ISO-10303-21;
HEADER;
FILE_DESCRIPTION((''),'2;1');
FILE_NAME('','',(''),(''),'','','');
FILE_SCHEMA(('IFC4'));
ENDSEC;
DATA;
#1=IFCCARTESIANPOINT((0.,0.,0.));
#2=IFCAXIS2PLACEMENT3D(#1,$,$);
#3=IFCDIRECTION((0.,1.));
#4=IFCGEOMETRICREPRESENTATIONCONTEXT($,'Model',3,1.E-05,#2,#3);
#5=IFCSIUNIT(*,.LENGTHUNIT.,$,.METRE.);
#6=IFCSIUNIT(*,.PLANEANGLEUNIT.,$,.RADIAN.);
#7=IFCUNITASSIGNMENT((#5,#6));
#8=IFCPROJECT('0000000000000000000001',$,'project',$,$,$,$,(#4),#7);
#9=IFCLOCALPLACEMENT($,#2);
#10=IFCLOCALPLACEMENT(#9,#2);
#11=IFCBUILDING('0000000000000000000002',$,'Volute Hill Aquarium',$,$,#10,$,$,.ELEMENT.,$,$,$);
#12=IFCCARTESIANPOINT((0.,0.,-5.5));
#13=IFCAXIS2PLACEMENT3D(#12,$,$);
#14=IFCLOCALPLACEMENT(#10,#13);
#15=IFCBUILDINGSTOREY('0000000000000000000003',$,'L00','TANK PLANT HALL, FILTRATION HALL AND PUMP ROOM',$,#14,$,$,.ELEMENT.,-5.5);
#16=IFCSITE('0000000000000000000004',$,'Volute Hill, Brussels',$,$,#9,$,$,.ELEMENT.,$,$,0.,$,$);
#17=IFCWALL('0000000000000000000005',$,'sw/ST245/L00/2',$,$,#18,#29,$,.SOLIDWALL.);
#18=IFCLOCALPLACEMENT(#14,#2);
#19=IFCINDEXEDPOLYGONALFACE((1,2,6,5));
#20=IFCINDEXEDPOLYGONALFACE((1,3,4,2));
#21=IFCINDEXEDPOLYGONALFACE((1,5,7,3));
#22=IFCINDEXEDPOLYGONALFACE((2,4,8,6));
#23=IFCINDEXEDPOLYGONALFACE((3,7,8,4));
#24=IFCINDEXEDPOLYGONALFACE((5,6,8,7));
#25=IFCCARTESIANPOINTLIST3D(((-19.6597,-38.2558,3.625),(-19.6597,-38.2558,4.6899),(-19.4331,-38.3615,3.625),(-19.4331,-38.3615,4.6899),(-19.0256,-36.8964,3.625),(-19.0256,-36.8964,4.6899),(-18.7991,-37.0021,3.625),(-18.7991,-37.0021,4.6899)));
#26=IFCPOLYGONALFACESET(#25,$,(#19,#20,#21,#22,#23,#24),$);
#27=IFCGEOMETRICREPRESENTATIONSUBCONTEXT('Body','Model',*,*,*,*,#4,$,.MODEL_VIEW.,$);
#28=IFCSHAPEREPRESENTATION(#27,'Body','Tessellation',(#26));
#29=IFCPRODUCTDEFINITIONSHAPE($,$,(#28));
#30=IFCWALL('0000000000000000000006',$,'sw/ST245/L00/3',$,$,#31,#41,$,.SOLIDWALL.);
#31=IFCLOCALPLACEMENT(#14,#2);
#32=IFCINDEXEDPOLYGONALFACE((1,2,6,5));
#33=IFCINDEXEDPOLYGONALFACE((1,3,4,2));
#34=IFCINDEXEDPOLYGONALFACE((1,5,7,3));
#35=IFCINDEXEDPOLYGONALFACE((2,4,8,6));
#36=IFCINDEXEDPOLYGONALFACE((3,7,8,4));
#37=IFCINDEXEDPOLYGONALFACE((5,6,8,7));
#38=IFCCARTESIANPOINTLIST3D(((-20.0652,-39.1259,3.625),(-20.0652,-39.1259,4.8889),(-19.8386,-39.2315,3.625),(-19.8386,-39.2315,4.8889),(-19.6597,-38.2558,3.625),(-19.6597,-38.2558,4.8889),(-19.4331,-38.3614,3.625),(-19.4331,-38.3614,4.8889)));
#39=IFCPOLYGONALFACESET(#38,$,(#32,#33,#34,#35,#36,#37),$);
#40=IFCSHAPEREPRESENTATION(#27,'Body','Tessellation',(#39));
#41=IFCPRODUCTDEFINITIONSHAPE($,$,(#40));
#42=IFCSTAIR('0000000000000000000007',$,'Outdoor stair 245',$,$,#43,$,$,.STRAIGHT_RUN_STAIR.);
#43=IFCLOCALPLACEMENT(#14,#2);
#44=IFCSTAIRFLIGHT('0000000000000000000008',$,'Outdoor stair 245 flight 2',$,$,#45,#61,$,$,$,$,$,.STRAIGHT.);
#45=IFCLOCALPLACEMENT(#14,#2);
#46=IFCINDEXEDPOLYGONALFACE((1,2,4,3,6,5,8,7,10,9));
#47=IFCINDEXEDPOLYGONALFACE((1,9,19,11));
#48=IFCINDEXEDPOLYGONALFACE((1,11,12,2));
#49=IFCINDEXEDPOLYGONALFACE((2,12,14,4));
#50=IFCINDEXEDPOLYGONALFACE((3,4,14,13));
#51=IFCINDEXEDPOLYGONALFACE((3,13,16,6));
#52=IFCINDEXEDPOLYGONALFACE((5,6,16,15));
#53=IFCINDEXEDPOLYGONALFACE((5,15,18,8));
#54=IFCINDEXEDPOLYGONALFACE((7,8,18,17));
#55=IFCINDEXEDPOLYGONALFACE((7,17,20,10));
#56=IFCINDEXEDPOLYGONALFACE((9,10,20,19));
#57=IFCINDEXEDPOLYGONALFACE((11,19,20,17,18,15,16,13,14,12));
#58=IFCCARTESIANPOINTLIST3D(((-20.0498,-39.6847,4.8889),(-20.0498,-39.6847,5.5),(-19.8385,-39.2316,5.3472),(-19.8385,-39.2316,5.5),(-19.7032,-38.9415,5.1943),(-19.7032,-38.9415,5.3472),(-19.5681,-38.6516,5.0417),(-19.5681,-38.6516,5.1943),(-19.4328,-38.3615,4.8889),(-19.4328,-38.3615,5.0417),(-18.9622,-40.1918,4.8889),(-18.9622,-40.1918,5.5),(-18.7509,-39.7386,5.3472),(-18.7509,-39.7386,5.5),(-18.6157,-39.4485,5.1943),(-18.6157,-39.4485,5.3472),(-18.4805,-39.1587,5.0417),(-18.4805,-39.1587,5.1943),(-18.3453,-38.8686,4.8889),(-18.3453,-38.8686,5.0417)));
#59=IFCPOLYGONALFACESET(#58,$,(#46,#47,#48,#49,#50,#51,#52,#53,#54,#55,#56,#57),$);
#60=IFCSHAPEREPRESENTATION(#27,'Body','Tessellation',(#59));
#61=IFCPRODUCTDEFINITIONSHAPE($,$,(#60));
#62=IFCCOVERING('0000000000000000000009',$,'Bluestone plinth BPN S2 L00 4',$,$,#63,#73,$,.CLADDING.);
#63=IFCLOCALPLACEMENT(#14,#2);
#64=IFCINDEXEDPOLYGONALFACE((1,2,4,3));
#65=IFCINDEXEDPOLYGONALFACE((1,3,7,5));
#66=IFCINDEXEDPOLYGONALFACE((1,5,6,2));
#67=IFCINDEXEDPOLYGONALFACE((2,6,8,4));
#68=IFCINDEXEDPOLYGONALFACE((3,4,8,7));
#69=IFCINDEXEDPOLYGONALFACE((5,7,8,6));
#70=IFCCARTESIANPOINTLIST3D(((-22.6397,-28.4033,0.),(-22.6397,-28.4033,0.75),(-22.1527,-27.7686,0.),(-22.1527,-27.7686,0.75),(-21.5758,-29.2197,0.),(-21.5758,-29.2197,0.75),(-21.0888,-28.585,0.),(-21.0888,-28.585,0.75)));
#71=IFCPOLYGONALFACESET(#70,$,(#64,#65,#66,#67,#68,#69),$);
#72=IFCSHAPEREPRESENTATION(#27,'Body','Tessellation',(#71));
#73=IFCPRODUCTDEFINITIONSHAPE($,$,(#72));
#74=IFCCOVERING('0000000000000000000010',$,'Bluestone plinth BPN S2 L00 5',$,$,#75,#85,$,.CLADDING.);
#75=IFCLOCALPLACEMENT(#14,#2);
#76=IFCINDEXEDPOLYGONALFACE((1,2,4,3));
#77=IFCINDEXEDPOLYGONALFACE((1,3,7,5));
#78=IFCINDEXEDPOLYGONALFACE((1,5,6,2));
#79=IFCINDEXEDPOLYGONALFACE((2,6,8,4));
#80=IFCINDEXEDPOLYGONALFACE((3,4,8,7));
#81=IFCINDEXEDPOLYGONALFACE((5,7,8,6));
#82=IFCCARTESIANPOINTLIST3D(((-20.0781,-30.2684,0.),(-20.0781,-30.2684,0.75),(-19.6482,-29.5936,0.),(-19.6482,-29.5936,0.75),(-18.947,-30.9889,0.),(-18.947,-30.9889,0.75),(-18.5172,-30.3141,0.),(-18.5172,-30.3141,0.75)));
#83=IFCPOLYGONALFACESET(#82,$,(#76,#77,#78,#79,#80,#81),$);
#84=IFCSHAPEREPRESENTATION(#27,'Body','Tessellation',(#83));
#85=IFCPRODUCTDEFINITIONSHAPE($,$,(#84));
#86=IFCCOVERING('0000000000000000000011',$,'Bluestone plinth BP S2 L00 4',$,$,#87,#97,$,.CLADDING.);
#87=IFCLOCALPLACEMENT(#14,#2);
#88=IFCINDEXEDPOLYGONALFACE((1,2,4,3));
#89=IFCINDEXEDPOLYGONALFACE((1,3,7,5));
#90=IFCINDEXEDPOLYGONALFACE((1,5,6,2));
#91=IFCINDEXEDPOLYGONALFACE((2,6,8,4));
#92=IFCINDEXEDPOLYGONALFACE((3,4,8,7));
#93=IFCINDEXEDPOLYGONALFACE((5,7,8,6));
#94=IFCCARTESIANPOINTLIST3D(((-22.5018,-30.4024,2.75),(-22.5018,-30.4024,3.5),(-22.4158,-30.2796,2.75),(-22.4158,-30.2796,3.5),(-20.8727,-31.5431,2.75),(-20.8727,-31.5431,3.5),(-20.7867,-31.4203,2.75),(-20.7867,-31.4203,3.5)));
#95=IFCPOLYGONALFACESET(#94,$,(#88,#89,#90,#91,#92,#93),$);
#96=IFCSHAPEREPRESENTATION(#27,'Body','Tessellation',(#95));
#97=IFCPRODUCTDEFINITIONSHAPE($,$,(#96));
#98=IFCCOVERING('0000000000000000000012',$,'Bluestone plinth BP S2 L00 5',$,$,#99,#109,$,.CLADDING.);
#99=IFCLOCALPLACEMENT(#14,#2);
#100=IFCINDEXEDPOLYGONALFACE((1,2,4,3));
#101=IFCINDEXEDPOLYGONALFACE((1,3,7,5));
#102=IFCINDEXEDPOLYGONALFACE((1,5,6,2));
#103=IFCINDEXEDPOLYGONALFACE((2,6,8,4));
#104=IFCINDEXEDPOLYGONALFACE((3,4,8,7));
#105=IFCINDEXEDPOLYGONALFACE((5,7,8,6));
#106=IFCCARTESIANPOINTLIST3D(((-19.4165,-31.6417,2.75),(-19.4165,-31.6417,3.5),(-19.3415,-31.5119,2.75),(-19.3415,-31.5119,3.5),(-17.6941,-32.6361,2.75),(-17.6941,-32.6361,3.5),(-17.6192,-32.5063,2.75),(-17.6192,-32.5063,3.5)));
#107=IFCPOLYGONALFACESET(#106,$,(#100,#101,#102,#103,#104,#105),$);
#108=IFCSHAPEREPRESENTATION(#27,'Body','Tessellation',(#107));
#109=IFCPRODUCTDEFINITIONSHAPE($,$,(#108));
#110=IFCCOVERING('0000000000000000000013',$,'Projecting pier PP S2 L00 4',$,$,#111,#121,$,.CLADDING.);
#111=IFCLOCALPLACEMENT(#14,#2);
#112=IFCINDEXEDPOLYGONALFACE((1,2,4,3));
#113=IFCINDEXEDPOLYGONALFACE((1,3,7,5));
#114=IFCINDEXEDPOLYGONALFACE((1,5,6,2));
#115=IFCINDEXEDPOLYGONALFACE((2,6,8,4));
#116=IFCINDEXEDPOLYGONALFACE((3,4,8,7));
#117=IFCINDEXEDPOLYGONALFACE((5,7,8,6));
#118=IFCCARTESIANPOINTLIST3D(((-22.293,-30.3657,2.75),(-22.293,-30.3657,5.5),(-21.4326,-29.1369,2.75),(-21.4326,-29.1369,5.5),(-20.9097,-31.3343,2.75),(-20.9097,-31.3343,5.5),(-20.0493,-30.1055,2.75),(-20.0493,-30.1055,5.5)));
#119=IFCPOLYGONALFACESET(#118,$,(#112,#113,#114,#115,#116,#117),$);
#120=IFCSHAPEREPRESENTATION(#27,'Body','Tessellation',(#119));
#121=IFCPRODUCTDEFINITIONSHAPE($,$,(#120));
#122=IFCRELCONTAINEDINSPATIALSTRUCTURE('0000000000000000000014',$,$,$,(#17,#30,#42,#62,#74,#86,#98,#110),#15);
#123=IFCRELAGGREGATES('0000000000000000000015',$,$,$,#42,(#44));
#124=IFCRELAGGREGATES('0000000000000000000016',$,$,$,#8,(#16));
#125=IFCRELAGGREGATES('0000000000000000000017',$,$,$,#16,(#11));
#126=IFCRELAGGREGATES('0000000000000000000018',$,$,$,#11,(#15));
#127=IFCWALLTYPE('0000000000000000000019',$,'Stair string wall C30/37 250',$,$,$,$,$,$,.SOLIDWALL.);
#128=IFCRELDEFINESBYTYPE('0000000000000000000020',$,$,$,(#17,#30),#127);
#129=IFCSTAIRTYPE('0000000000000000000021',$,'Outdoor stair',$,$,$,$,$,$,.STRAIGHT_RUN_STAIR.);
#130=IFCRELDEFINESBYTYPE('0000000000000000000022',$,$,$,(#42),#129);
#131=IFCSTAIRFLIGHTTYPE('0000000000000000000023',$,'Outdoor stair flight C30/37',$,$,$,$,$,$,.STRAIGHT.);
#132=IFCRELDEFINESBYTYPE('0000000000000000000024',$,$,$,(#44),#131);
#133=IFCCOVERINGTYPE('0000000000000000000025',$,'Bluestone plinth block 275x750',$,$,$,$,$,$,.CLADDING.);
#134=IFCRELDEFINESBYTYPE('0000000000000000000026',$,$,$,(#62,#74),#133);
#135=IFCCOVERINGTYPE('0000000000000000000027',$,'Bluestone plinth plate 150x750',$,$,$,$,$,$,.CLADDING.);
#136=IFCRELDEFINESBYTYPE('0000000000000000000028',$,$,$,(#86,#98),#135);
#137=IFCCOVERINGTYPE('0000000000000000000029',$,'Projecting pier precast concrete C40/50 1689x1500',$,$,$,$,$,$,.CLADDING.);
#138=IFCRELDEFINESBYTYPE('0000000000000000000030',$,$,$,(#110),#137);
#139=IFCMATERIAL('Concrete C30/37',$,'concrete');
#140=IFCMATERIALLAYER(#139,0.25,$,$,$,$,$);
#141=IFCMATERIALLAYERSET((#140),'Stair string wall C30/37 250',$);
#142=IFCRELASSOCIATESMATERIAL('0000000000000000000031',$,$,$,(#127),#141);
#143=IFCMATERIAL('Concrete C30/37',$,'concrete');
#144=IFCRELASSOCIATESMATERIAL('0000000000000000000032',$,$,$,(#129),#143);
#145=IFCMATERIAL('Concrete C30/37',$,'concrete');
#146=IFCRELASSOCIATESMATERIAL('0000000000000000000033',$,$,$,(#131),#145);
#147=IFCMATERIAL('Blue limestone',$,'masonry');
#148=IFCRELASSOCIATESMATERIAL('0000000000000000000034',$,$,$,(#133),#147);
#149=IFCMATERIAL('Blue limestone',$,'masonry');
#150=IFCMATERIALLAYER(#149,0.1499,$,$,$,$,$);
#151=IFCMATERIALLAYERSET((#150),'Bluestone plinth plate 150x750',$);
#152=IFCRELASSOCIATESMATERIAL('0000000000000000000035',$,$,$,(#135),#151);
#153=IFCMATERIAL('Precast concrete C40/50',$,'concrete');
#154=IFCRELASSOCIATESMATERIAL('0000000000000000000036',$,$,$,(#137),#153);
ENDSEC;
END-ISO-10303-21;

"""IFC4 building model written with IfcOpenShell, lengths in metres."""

from ifc_helpers import new_model, si_unit, direction, frame, frame_2d, origin, origin_2d, place, context, subcontext, project, spatial, polyline, rectangle, outline, extrude, material, layer, layer_set, type_object, element, aggregate, save


model = new_model("IFC4")

# Units and contexts
model_context = context("Model", 3, precision=1e-05, world=origin(), true_north=direction((0.0, 1.0)))
body_context = subcontext(model_context, "Body", "Model", "MODEL_VIEW")
ifc_project = project(units=[si_unit("LENGTHUNIT", "METRE"), si_unit("PLANEANGLEUNIT", "RADIAN")], contexts=[model_context])

# Site, building, storey
site_placement = place(None, origin())
site = spatial("IfcSite", under=ifc_project, at=site_placement, Name="Volute Hill, Brussels", CompositionType="ELEMENT", RefElevation=0.0)
building_placement = place(site_placement, origin())
building = spatial("IfcBuilding", under=site, at=building_placement, Name="Volute Hill Aquarium", CompositionType="ELEMENT")
storey_placement = place(building_placement, frame((0.0, 0.0, -5.5)))
storey = spatial("IfcBuildingStorey", under=building, at=storey_placement, Name="L00", Description="TANK PLANT HALL, FILTRATION HALL AND PUMP ROOM", CompositionType="ELEMENT", Elevation=-5.5)

# Walls
ifc_material_1 = material(Name="Concrete C30/37", Category="concrete")
ifc_layer_1 = layer(ifc_material_1, 0.25)
ifc_layer_set_1 = layer_set([ifc_layer_1], Name="Stair string wall C30/37 250")
wall_type_1 = type_object("IfcWallType", Name="Stair string wall C30/37 250", PredefinedType="SOLIDWALL", material=ifc_layer_set_1)
wall_1_placement = place(storey_placement, frame((-18.9124, -36.9492, 3.625), z_axis=(0.0, 0.0, 1.0), x_axis=(-0.422698, -0.90627, 0.0)))
element("IfcWall", 1, at=wall_1_placement, inside=storey, type_object=wall_type_1, Name="sw/ST245/L00/2", PredefinedType="SOLIDWALL", context=body_context, shape_type="SweptSolid", body=[
    extrude(rectangle(XDim=1.5, YDim=0.25, at=frame_2d((0.75, 0.0))), origin(), (0.0, 0.0, 1.0), 1.0649),
])
wall_2_placement = place(storey_placement, frame((-19.5464, -38.3086, 3.625), z_axis=(0.0, 0.0, 1.0), x_axis=(-0.422426, -0.906397, 0.0)))
element("IfcWall", 2, at=wall_2_placement, inside=storey, type_object=wall_type_1, Name="sw/ST245/L00/3", PredefinedType="SOLIDWALL", context=body_context, shape_type="SweptSolid", body=[
    extrude(rectangle(XDim=0.96, YDim=0.25, at=frame_2d((0.48, 0.0))), origin(), (0.0, 0.0, 1.0), 1.2639),
])

# Stair, stair flight
ifc_material_2 = material(Name="Concrete C30/37", Category="concrete")
stair_type = type_object("IfcStairType", Name="Outdoor stair", PredefinedType="STRAIGHT_RUN_STAIR", material=ifc_material_2)
stair_placement = place(storey_placement, origin())
stair = element("IfcStair", 3, at=stair_placement, inside=storey, type_object=stair_type, Name="Outdoor stair 245", PredefinedType="STRAIGHT_RUN_STAIR")
ifc_material_3 = material(Name="Concrete C30/37", Category="concrete")
stair_flight_type = type_object("IfcStairFlightType", Name="Outdoor stair flight C30/37", PredefinedType="STRAIGHT", material=ifc_material_3)
stair_flight_placement = place(storey_placement, frame((-18.8892, -38.615, 4.8889), z_axis=(0.0, 0.0, 1.0), x_axis=(-0.422565, -0.906333, 0.0)))
stair_flight = element("IfcStairFlight", 4, at=stair_flight_placement, type_object=stair_flight_type, Name="Outdoor stair 245 flight 2", PredefinedType="STRAIGHT", context=body_context, shape_type="SweptSolid", body=[
    extrude(outline(polyline([(0.0, 0.0), (1.46, 0.0), (1.46, 0.6111), (0.96, 0.6111), (0.96, 0.4583), (0.6399, 0.4583), (0.6399, 0.3054), (0.3201, 0.3054), (0.3201, 0.1528), (0.0, 0.1528), (0.0, 0.0), (0.0, 0.0)])), frame((0.0, 0.6001, 0.0), z_axis=(0.0, -1.0, 0.0), x_axis=(1.0, 0.0, 0.0)), (0.0, 0.0, 1.0), 1.2),
])
aggregate(stair, [stair_flight])

# Coverings
ifc_material_4 = material(Name="Blue limestone", Category="masonry")
covering_type_1 = type_object("IfcCoveringType", Name="Bluestone plinth block 275x750", PredefinedType="CLADDING", material=ifc_material_4)
for number, where, z_axis, x_axis, name in (
    (5, (-21.8643, -28.4941, 0.0), (0.0, 0.0, 1.0), (0.793353, -0.608762, 0.0), "Bluestone plinth BPN S2 L00 4"),
    (6, (-19.2976, -30.2913, 0.0), (0.0, 0.0, 1.0), (0.843399, -0.537288, 0.0), "Bluestone plinth BPN S2 L00 5"),
):
    element("IfcCovering", number, at=place(storey_placement, frame(where, z_axis=z_axis, x_axis=x_axis)), inside=storey, type_object=covering_type_1, Name=name, PredefinedType="CLADDING", context=body_context, shape_type="SweptSolid", body=[
        extrude(rectangle(XDim=1.3411, YDim=0.8, at=origin_2d()), origin(), (0.0, 0.0, 1.0), 0.75),
    ])
ifc_material_5 = material(Name="Blue limestone", Category="masonry")
ifc_layer_2 = layer(ifc_material_5, 0.1499)
ifc_layer_set_2 = layer_set([ifc_layer_2], Name="Bluestone plinth plate 150x750")
covering_type_2 = type_object("IfcCoveringType", Name="Bluestone plinth plate 150x750", PredefinedType="CLADDING", material=ifc_layer_set_2)
for number, where, z_axis, x_axis, name in (
    (7, (-21.6443, -30.9114, 2.75), (0.0, 0.0, 1.0), (0.819152, -0.573576, 0.0), "Bluestone plinth BP S2 L00 4"),
    (8, (-18.5178, -32.074, 2.75), (0.0, 0.0, 1.0), (0.866025, -0.5, 0.0), "Bluestone plinth BP S2 L00 5"),
):
    element("IfcCovering", number, at=place(storey_placement, frame(where, z_axis=z_axis, x_axis=x_axis)), inside=storey, type_object=covering_type_2, Name=name, PredefinedType="CLADDING", context=body_context, shape_type="SweptSolid", body=[
        extrude(rectangle(XDim=1.9888, YDim=0.1499, at=origin_2d()), origin(), (0.0, 0.0, 1.0), 0.75),
    ])
ifc_material_6 = material(Name="Precast concrete C40/50", Category="concrete")
covering_type_3 = type_object("IfcCoveringType", Name="Projecting pier precast concrete C40/50 1689x1500", PredefinedType="CLADDING", material=ifc_material_6)
covering_placement = place(storey_placement, frame((-21.1711, -30.2356, 2.75), z_axis=(0.0, 0.0, 1.0), x_axis=(0.819152, -0.573576, 0.0)))
element("IfcCovering", 9, at=covering_placement, inside=storey, type_object=covering_type_3, Name="Projecting pier PP S2 L00 4", PredefinedType="CLADDING", context=body_context, shape_type="SweptSolid", body=[
    extrude(rectangle(XDim=1.6887, YDim=1.5, at=origin_2d()), origin(), (0.0, 0.0, 1.0), 2.75),
])

save(model, "model.ifc")
